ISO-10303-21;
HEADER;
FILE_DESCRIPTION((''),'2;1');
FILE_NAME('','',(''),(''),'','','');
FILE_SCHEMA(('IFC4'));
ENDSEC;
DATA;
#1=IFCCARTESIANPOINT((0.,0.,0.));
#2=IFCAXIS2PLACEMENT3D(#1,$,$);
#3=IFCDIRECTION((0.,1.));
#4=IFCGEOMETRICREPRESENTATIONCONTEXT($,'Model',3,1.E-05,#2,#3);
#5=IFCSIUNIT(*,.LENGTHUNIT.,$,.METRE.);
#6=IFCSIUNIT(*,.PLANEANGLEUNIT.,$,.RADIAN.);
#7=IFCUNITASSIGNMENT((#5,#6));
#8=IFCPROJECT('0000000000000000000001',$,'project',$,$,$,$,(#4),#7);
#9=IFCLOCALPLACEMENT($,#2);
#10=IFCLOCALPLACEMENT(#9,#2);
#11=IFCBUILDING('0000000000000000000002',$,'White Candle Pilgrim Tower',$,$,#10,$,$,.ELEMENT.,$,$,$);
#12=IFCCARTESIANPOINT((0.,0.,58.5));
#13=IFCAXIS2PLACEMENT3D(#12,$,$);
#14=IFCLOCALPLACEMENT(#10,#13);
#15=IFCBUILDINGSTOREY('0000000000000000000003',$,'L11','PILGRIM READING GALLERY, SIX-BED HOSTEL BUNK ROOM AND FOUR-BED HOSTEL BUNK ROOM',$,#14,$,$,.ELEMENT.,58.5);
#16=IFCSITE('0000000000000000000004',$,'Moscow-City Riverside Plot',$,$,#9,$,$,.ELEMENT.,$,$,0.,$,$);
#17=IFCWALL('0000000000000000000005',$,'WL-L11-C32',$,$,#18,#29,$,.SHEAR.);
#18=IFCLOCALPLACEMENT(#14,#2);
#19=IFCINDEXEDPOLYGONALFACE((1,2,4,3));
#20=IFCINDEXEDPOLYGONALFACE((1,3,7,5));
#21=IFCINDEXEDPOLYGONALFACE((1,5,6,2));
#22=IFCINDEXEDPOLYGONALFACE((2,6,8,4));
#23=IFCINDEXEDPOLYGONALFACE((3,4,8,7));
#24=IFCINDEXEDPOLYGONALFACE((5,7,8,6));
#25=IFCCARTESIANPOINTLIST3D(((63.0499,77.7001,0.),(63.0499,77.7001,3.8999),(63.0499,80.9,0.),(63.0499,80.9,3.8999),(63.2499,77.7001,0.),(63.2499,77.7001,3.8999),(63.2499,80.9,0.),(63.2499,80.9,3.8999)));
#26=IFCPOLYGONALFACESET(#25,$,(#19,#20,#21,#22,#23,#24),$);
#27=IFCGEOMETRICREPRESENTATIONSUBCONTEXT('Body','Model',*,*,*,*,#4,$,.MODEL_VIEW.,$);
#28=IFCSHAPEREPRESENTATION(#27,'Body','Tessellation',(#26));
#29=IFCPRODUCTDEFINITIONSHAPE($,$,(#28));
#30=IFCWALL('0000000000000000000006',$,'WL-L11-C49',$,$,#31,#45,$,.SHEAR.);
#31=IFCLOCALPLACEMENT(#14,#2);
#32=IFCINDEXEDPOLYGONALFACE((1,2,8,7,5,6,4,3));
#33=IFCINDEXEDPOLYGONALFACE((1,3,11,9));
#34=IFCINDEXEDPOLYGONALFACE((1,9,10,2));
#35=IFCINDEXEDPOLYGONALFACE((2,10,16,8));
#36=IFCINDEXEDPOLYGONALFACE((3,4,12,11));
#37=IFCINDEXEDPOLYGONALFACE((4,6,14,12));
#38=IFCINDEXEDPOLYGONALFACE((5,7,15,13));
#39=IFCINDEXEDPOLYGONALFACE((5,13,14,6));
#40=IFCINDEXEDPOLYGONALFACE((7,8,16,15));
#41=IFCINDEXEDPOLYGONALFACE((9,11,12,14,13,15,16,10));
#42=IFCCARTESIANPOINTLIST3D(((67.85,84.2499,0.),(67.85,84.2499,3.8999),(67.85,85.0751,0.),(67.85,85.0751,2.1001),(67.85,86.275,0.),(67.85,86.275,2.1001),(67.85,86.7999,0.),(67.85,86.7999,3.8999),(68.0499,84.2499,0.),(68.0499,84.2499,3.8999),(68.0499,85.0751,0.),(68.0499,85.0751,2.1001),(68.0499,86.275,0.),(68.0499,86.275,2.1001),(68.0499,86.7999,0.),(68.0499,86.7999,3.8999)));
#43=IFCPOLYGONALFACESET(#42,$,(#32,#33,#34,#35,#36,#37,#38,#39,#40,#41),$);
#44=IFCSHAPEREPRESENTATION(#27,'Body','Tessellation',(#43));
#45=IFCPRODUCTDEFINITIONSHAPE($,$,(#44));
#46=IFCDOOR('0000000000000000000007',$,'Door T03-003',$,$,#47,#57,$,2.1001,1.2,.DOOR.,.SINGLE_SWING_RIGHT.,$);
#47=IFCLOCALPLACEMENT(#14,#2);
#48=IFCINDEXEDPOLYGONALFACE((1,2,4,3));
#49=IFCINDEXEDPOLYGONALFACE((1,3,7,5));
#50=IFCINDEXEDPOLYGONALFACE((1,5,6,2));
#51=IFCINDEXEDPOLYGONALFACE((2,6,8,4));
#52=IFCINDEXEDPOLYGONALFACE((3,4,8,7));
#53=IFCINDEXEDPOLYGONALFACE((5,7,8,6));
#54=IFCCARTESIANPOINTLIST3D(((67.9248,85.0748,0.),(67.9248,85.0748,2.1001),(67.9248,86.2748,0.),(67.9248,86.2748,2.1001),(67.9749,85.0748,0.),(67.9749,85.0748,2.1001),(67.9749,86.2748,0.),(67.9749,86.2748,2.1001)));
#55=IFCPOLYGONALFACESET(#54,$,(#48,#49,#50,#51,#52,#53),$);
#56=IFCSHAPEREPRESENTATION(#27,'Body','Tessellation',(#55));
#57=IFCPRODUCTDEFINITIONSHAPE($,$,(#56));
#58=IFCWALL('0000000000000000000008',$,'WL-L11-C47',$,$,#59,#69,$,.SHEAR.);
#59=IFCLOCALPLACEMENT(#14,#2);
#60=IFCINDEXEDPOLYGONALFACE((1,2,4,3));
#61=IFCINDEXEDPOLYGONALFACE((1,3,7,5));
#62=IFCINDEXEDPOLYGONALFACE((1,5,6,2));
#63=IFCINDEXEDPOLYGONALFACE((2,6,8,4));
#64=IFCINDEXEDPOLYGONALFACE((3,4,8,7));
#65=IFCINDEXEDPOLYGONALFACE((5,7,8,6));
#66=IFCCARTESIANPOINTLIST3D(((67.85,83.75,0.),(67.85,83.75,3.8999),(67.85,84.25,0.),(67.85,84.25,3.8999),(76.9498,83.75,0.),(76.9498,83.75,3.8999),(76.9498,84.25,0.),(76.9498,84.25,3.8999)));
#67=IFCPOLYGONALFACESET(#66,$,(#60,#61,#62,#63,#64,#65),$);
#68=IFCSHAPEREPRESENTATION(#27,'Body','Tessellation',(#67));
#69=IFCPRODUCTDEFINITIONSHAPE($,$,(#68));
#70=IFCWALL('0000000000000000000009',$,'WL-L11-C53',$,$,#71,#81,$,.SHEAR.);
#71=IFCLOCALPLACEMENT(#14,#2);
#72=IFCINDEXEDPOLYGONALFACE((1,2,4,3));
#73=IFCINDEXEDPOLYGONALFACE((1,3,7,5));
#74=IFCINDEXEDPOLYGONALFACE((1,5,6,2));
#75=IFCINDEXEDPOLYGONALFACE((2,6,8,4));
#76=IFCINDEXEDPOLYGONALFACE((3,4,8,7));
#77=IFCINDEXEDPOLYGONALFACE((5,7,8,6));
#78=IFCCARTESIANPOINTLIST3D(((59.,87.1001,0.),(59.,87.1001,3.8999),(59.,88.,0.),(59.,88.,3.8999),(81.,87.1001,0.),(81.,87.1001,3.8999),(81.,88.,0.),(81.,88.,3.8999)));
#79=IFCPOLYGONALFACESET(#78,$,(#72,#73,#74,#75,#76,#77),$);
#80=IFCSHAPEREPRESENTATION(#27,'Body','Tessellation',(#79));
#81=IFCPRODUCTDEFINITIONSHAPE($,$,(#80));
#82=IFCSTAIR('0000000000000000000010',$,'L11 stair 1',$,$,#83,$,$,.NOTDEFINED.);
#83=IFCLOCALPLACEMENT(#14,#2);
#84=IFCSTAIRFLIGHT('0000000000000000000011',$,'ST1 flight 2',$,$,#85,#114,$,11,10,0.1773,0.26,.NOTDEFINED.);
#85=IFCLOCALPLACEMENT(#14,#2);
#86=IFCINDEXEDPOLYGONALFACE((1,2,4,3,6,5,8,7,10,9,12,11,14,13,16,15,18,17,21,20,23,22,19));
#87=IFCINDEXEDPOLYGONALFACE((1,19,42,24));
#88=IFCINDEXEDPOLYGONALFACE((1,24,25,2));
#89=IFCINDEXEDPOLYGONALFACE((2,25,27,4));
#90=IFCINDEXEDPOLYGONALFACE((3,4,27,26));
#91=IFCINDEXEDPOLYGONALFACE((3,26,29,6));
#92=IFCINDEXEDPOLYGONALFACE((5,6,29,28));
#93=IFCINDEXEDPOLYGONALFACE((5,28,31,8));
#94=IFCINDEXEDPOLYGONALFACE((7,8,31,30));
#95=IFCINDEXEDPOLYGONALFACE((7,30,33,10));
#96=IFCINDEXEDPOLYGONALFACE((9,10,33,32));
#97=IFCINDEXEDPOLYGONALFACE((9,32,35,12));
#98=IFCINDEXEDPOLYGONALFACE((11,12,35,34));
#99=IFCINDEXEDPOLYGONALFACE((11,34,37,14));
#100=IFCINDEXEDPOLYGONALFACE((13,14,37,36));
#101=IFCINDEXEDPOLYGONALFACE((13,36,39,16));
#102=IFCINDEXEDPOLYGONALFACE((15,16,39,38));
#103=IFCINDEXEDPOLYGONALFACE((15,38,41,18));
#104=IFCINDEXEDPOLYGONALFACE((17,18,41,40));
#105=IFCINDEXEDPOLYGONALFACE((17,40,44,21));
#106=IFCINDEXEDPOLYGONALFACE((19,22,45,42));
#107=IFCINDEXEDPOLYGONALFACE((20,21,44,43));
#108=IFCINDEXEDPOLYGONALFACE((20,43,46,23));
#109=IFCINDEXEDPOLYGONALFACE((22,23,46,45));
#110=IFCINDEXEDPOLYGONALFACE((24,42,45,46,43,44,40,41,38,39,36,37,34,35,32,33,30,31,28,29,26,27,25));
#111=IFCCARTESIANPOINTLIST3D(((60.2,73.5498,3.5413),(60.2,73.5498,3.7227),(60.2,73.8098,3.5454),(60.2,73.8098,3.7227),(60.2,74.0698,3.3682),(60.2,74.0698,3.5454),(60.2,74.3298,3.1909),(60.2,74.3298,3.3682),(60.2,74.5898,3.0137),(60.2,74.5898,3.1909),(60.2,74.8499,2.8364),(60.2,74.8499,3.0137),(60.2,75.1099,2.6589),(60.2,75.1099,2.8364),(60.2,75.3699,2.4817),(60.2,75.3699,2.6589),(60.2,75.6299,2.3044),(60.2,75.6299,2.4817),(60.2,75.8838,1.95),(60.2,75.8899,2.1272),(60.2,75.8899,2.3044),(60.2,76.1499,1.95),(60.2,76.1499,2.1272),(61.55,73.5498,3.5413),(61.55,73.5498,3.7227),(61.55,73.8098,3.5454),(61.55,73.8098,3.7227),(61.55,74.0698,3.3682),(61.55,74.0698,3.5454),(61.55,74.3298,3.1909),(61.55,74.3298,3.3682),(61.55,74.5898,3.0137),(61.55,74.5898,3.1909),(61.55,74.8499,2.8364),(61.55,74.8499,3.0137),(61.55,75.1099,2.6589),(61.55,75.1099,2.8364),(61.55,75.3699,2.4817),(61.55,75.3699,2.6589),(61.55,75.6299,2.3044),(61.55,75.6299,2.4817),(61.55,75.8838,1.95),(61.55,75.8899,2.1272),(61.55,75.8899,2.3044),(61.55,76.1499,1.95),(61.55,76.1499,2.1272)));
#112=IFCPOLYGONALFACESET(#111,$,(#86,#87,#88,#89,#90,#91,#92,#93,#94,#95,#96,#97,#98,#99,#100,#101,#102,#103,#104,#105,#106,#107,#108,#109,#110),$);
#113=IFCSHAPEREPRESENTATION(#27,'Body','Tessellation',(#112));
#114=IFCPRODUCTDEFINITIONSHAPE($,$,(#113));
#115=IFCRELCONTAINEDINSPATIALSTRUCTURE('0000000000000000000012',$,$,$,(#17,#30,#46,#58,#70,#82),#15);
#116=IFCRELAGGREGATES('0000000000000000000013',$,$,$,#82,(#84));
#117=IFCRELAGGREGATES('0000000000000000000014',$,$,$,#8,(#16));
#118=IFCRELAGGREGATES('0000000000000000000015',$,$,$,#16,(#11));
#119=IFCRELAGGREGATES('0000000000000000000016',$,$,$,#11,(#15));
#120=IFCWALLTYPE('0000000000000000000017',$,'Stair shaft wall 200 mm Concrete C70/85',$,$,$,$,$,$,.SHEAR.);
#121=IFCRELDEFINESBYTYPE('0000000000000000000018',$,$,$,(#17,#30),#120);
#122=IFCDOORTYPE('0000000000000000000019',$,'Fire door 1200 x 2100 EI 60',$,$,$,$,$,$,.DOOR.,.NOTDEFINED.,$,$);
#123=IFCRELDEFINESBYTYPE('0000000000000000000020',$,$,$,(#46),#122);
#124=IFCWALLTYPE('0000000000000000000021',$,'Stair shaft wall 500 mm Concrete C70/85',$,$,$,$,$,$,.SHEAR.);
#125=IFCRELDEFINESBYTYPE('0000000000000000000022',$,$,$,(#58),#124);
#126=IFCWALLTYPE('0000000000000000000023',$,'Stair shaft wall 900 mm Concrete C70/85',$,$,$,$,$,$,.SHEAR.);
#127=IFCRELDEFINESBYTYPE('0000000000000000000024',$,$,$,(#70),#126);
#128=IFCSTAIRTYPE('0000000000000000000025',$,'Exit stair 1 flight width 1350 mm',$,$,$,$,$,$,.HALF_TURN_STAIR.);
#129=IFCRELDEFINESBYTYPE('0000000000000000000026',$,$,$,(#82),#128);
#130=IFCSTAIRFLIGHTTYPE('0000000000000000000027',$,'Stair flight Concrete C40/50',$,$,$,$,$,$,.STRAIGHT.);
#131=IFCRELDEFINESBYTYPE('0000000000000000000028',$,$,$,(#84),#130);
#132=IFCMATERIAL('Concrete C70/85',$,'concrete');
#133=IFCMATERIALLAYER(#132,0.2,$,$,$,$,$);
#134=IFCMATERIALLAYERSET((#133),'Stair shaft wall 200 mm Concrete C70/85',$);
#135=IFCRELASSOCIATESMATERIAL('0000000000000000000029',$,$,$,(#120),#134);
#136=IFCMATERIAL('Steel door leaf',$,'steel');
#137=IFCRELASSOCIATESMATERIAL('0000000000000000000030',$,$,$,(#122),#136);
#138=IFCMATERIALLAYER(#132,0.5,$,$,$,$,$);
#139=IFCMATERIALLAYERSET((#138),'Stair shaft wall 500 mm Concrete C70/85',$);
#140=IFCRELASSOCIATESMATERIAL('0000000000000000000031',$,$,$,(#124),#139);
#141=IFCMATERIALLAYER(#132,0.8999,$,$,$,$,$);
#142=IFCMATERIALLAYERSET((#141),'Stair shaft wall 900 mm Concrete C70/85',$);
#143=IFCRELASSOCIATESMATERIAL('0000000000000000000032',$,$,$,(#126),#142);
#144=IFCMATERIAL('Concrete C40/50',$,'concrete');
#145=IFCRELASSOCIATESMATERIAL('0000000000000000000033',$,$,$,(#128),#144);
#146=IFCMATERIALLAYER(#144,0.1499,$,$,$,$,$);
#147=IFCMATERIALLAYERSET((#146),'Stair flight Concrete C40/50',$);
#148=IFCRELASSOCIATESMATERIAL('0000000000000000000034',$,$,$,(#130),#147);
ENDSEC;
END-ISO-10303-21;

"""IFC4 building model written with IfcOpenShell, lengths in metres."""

from ifc_helpers import new_model, si_unit, direction, frame, frame_2d, origin, place, context, subcontext, project, spatial, polyline, rectangle, outline, extrude, material, layer, layer_set, type_object, element, fill, aggregate, save


model = new_model("IFC4")

# Units and contexts
model_context = context("Model", 3, precision=1e-05, world=origin(), true_north=direction((0.0, 1.0)))
body_context = subcontext(model_context, "Body", "Model", "MODEL_VIEW")
ifc_project = project(units=[si_unit("LENGTHUNIT", "METRE"), si_unit("PLANEANGLEUNIT", "RADIAN")], contexts=[model_context])

# Site, building, storey
site_placement = place(None, origin())
site = spatial("IfcSite", under=ifc_project, at=site_placement, Name="Moscow-City Riverside Plot", CompositionType="ELEMENT", RefElevation=0.0)
building_placement = place(site_placement, origin())
building = spatial("IfcBuilding", under=site, at=building_placement, Name="White Candle Pilgrim Tower", CompositionType="ELEMENT")
storey_placement = place(building_placement, frame((0.0, 0.0, 58.5)))
storey = spatial("IfcBuildingStorey", under=building, at=storey_placement, Name="L11", Description="PILGRIM READING GALLERY, SIX-BED HOSTEL BUNK ROOM AND FOUR-BED HOSTEL BUNK ROOM", CompositionType="ELEMENT", Elevation=58.5)

# Shared definitions
ifc_material_1 = material(Name="Concrete C70/85", Category="concrete")
ifc_material_2 = material(Name="Steel door leaf", Category="steel")

# Shared definitions
ifc_layer_1 = layer(ifc_material_1, 0.2)
ifc_layer_set_1 = layer_set([ifc_layer_1], Name="Stair shaft wall 200 mm Concrete C70/85")
wall_type_1 = type_object("IfcWallType", Name="Stair shaft wall 200 mm Concrete C70/85", PredefinedType="SHEAR", material=ifc_layer_set_1)

# Wall
wall_1_placement = place(storey_placement, frame((63.1499, 77.7, 0.0), z_axis=(0.0, 0.0, 1.0), x_axis=(0.0, 1.0, 0.0)))
element("IfcWall", 1, at=wall_1_placement, inside=storey, type_object=wall_type_1, Name="WL-L11-C32", PredefinedType="SHEAR", context=body_context, shape_type="SweptSolid", body=[
    extrude(rectangle(XDim=3.2, YDim=0.2, at=frame_2d((1.6001, 0.0))), origin(), (0.0, 0.0, 1.0), 3.8999),
])

# Wall, opening, door
wall_2_placement = place(storey_placement, frame((67.95, 84.25, 0.0), z_axis=(0.0, 0.0, 1.0), x_axis=(0.0, 1.0, 0.0)))
wall_2 = element("IfcWall", 2, at=wall_2_placement, inside=storey, type_object=wall_type_1, Name="WL-L11-C49", PredefinedType="SHEAR", context=body_context, shape_type="SweptSolid", body=[
    extrude(rectangle(XDim=2.55, YDim=0.2, at=frame_2d((1.2749, 0.0))), origin(), (0.0, 0.0, 1.0), 3.8999),
])
opening_1_placement = place(wall_2_placement, frame((0.825, 0.0, 0.0)))
opening_1 = element("IfcOpeningElement", 3, at=opening_1_placement, cuts=wall_2, PredefinedType="OPENING", context=body_context, shape_type="SweptSolid", body=[
    extrude(rectangle(XDim=1.2, YDim=2.1001, at=frame_2d((0.6001, 1.05))), frame((0.0, 0.1099, 0.0), z_axis=(0.0, -1.0, 0.0), x_axis=(1.0, 0.0, 0.0)), (0.0, 0.0, 1.0), 0.22),
])
door_type_1 = type_object("IfcDoorType", Name="Fire door 1200 x 2100 EI 60", OperationType="NOTDEFINED", PredefinedType="DOOR", material=ifc_material_2)
door_1_placement = place(opening_1_placement, frame((1.2, 0.0, 0.0), z_axis=(0.0, 0.0, 1.0), x_axis=(-1.0, 0.0, 0.0)))
door_1 = element("IfcDoor", 4, at=door_1_placement, inside=storey, type_object=door_type_1, Name="Door T03-003", OperationType="SINGLE_SWING_RIGHT", OverallHeight=2.1001, OverallWidth=1.2, PredefinedType="DOOR", context=body_context, shape_type="SweptSolid", body=[
    extrude(rectangle(XDim=1.2, YDim=2.1001, at=frame_2d((0.6001, 1.05))), frame((0.0, 0.0249, 0.0), z_axis=(0.0, -1.0, 0.0), x_axis=(1.0, 0.0, 0.0)), (0.0, 0.0, 1.0), 0.05),
])
fill(opening_1, door_1)

# Walls
ifc_layer_2 = layer(ifc_material_1, 0.5)
ifc_layer_set_2 = layer_set([ifc_layer_2], Name="Stair shaft wall 500 mm Concrete C70/85")
wall_type_2 = type_object("IfcWallType", Name="Stair shaft wall 500 mm Concrete C70/85", PredefinedType="SHEAR", material=ifc_layer_set_2)
wall_3_placement = place(storey_placement, frame((67.8501, 84.0, 0.0), z_axis=(0.0, 0.0, 1.0), x_axis=(1.0, 0.0, 0.0)))
element("IfcWall", 5, at=wall_3_placement, inside=storey, type_object=wall_type_2, Name="WL-L11-C47", PredefinedType="SHEAR", context=body_context, shape_type="SweptSolid", body=[
    extrude(rectangle(XDim=9.0999, YDim=0.5, at=frame_2d((4.5498, 0.0))), origin(), (0.0, 0.0, 1.0), 3.8999),
])
ifc_layer_3 = layer(ifc_material_1, 0.8999)
ifc_layer_set_3 = layer_set([ifc_layer_3], Name="Stair shaft wall 900 mm Concrete C70/85")
wall_type_3 = type_object("IfcWallType", Name="Stair shaft wall 900 mm Concrete C70/85", PredefinedType="SHEAR", material=ifc_layer_set_3)
wall_4_placement = place(storey_placement, frame((59.0, 87.55, 0.0), z_axis=(0.0, 0.0, 1.0), x_axis=(1.0, 0.0, 0.0)))
element("IfcWall", 6, at=wall_4_placement, inside=storey, type_object=wall_type_3, Name="WL-L11-C53", PredefinedType="SHEAR", context=body_context, shape_type="SweptSolid", body=[
    extrude(rectangle(XDim=22.0, YDim=0.8999, at=frame_2d((11.0, 0.0))), origin(), (0.0, 0.0, 1.0), 3.8999),
])

# Stair, stair flight
ifc_material_3 = material(Name="Concrete C40/50", Category="concrete")
stair_type = type_object("IfcStairType", Name="Exit stair 1 flight width 1350 mm", PredefinedType="HALF_TURN_STAIR", material=ifc_material_3)
stair_placement = place(storey_placement, origin())
stair = element("IfcStair", 7, at=stair_placement, inside=storey, type_object=stair_type, Name="L11 stair 1", PredefinedType="NOTDEFINED")
ifc_layer_4 = layer(ifc_material_3, 0.1499)
ifc_layer_set_4 = layer_set([ifc_layer_4], Name="Stair flight Concrete C40/50")
stair_flight_type = type_object("IfcStairFlightType", Name="Stair flight Concrete C40/50", PredefinedType="STRAIGHT", material=ifc_layer_set_4)
stair_flight_placement = place(storey_placement, frame((60.875, 76.1499, 1.95), z_axis=(0.0, 0.0, 1.0), x_axis=(0.0, -1.0, 0.0)))
stair_flight = element("IfcStairFlight", 8, at=stair_flight_placement, type_object=stair_flight_type, Name="ST1 flight 2", NumberOfRisers=11, NumberOfTreads=10, PredefinedType="NOTDEFINED", RiserHeight=0.1773, TreadLength=0.26, context=body_context, shape_type="SweptSolid", body=[
    extrude(outline(polyline([(0.0, 0.0), (0.0, 0.1772), (0.26, 0.1772), (0.26, 0.3545), (0.52, 0.3545), (0.52, 0.5317), (0.78, 0.5317), (0.78, 0.709), (1.04, 0.709), (1.04, 0.8865), (1.3, 0.8865), (1.3, 1.0637), (1.5601, 1.0637), (1.5601, 1.241), (1.8201, 1.241), (1.8201, 1.4182), (2.0801, 1.4182), (2.0801, 1.5955), (2.3401, 1.5955), (2.3401, 1.7727), (2.6001, 1.7727), (2.6001, 1.95), (2.6001, 1.5913), (0.2661, 0.0), (0.0, 0.0)])), frame((0.0, 0.675, 0.0), z_axis=(0.0, -1.0, 0.0), x_axis=(1.0, 0.0, 0.0)), (0.0, 0.0, 1.0), 1.3501),
])
aggregate(stair, [stair_flight])

save(model, "model.ifc")
